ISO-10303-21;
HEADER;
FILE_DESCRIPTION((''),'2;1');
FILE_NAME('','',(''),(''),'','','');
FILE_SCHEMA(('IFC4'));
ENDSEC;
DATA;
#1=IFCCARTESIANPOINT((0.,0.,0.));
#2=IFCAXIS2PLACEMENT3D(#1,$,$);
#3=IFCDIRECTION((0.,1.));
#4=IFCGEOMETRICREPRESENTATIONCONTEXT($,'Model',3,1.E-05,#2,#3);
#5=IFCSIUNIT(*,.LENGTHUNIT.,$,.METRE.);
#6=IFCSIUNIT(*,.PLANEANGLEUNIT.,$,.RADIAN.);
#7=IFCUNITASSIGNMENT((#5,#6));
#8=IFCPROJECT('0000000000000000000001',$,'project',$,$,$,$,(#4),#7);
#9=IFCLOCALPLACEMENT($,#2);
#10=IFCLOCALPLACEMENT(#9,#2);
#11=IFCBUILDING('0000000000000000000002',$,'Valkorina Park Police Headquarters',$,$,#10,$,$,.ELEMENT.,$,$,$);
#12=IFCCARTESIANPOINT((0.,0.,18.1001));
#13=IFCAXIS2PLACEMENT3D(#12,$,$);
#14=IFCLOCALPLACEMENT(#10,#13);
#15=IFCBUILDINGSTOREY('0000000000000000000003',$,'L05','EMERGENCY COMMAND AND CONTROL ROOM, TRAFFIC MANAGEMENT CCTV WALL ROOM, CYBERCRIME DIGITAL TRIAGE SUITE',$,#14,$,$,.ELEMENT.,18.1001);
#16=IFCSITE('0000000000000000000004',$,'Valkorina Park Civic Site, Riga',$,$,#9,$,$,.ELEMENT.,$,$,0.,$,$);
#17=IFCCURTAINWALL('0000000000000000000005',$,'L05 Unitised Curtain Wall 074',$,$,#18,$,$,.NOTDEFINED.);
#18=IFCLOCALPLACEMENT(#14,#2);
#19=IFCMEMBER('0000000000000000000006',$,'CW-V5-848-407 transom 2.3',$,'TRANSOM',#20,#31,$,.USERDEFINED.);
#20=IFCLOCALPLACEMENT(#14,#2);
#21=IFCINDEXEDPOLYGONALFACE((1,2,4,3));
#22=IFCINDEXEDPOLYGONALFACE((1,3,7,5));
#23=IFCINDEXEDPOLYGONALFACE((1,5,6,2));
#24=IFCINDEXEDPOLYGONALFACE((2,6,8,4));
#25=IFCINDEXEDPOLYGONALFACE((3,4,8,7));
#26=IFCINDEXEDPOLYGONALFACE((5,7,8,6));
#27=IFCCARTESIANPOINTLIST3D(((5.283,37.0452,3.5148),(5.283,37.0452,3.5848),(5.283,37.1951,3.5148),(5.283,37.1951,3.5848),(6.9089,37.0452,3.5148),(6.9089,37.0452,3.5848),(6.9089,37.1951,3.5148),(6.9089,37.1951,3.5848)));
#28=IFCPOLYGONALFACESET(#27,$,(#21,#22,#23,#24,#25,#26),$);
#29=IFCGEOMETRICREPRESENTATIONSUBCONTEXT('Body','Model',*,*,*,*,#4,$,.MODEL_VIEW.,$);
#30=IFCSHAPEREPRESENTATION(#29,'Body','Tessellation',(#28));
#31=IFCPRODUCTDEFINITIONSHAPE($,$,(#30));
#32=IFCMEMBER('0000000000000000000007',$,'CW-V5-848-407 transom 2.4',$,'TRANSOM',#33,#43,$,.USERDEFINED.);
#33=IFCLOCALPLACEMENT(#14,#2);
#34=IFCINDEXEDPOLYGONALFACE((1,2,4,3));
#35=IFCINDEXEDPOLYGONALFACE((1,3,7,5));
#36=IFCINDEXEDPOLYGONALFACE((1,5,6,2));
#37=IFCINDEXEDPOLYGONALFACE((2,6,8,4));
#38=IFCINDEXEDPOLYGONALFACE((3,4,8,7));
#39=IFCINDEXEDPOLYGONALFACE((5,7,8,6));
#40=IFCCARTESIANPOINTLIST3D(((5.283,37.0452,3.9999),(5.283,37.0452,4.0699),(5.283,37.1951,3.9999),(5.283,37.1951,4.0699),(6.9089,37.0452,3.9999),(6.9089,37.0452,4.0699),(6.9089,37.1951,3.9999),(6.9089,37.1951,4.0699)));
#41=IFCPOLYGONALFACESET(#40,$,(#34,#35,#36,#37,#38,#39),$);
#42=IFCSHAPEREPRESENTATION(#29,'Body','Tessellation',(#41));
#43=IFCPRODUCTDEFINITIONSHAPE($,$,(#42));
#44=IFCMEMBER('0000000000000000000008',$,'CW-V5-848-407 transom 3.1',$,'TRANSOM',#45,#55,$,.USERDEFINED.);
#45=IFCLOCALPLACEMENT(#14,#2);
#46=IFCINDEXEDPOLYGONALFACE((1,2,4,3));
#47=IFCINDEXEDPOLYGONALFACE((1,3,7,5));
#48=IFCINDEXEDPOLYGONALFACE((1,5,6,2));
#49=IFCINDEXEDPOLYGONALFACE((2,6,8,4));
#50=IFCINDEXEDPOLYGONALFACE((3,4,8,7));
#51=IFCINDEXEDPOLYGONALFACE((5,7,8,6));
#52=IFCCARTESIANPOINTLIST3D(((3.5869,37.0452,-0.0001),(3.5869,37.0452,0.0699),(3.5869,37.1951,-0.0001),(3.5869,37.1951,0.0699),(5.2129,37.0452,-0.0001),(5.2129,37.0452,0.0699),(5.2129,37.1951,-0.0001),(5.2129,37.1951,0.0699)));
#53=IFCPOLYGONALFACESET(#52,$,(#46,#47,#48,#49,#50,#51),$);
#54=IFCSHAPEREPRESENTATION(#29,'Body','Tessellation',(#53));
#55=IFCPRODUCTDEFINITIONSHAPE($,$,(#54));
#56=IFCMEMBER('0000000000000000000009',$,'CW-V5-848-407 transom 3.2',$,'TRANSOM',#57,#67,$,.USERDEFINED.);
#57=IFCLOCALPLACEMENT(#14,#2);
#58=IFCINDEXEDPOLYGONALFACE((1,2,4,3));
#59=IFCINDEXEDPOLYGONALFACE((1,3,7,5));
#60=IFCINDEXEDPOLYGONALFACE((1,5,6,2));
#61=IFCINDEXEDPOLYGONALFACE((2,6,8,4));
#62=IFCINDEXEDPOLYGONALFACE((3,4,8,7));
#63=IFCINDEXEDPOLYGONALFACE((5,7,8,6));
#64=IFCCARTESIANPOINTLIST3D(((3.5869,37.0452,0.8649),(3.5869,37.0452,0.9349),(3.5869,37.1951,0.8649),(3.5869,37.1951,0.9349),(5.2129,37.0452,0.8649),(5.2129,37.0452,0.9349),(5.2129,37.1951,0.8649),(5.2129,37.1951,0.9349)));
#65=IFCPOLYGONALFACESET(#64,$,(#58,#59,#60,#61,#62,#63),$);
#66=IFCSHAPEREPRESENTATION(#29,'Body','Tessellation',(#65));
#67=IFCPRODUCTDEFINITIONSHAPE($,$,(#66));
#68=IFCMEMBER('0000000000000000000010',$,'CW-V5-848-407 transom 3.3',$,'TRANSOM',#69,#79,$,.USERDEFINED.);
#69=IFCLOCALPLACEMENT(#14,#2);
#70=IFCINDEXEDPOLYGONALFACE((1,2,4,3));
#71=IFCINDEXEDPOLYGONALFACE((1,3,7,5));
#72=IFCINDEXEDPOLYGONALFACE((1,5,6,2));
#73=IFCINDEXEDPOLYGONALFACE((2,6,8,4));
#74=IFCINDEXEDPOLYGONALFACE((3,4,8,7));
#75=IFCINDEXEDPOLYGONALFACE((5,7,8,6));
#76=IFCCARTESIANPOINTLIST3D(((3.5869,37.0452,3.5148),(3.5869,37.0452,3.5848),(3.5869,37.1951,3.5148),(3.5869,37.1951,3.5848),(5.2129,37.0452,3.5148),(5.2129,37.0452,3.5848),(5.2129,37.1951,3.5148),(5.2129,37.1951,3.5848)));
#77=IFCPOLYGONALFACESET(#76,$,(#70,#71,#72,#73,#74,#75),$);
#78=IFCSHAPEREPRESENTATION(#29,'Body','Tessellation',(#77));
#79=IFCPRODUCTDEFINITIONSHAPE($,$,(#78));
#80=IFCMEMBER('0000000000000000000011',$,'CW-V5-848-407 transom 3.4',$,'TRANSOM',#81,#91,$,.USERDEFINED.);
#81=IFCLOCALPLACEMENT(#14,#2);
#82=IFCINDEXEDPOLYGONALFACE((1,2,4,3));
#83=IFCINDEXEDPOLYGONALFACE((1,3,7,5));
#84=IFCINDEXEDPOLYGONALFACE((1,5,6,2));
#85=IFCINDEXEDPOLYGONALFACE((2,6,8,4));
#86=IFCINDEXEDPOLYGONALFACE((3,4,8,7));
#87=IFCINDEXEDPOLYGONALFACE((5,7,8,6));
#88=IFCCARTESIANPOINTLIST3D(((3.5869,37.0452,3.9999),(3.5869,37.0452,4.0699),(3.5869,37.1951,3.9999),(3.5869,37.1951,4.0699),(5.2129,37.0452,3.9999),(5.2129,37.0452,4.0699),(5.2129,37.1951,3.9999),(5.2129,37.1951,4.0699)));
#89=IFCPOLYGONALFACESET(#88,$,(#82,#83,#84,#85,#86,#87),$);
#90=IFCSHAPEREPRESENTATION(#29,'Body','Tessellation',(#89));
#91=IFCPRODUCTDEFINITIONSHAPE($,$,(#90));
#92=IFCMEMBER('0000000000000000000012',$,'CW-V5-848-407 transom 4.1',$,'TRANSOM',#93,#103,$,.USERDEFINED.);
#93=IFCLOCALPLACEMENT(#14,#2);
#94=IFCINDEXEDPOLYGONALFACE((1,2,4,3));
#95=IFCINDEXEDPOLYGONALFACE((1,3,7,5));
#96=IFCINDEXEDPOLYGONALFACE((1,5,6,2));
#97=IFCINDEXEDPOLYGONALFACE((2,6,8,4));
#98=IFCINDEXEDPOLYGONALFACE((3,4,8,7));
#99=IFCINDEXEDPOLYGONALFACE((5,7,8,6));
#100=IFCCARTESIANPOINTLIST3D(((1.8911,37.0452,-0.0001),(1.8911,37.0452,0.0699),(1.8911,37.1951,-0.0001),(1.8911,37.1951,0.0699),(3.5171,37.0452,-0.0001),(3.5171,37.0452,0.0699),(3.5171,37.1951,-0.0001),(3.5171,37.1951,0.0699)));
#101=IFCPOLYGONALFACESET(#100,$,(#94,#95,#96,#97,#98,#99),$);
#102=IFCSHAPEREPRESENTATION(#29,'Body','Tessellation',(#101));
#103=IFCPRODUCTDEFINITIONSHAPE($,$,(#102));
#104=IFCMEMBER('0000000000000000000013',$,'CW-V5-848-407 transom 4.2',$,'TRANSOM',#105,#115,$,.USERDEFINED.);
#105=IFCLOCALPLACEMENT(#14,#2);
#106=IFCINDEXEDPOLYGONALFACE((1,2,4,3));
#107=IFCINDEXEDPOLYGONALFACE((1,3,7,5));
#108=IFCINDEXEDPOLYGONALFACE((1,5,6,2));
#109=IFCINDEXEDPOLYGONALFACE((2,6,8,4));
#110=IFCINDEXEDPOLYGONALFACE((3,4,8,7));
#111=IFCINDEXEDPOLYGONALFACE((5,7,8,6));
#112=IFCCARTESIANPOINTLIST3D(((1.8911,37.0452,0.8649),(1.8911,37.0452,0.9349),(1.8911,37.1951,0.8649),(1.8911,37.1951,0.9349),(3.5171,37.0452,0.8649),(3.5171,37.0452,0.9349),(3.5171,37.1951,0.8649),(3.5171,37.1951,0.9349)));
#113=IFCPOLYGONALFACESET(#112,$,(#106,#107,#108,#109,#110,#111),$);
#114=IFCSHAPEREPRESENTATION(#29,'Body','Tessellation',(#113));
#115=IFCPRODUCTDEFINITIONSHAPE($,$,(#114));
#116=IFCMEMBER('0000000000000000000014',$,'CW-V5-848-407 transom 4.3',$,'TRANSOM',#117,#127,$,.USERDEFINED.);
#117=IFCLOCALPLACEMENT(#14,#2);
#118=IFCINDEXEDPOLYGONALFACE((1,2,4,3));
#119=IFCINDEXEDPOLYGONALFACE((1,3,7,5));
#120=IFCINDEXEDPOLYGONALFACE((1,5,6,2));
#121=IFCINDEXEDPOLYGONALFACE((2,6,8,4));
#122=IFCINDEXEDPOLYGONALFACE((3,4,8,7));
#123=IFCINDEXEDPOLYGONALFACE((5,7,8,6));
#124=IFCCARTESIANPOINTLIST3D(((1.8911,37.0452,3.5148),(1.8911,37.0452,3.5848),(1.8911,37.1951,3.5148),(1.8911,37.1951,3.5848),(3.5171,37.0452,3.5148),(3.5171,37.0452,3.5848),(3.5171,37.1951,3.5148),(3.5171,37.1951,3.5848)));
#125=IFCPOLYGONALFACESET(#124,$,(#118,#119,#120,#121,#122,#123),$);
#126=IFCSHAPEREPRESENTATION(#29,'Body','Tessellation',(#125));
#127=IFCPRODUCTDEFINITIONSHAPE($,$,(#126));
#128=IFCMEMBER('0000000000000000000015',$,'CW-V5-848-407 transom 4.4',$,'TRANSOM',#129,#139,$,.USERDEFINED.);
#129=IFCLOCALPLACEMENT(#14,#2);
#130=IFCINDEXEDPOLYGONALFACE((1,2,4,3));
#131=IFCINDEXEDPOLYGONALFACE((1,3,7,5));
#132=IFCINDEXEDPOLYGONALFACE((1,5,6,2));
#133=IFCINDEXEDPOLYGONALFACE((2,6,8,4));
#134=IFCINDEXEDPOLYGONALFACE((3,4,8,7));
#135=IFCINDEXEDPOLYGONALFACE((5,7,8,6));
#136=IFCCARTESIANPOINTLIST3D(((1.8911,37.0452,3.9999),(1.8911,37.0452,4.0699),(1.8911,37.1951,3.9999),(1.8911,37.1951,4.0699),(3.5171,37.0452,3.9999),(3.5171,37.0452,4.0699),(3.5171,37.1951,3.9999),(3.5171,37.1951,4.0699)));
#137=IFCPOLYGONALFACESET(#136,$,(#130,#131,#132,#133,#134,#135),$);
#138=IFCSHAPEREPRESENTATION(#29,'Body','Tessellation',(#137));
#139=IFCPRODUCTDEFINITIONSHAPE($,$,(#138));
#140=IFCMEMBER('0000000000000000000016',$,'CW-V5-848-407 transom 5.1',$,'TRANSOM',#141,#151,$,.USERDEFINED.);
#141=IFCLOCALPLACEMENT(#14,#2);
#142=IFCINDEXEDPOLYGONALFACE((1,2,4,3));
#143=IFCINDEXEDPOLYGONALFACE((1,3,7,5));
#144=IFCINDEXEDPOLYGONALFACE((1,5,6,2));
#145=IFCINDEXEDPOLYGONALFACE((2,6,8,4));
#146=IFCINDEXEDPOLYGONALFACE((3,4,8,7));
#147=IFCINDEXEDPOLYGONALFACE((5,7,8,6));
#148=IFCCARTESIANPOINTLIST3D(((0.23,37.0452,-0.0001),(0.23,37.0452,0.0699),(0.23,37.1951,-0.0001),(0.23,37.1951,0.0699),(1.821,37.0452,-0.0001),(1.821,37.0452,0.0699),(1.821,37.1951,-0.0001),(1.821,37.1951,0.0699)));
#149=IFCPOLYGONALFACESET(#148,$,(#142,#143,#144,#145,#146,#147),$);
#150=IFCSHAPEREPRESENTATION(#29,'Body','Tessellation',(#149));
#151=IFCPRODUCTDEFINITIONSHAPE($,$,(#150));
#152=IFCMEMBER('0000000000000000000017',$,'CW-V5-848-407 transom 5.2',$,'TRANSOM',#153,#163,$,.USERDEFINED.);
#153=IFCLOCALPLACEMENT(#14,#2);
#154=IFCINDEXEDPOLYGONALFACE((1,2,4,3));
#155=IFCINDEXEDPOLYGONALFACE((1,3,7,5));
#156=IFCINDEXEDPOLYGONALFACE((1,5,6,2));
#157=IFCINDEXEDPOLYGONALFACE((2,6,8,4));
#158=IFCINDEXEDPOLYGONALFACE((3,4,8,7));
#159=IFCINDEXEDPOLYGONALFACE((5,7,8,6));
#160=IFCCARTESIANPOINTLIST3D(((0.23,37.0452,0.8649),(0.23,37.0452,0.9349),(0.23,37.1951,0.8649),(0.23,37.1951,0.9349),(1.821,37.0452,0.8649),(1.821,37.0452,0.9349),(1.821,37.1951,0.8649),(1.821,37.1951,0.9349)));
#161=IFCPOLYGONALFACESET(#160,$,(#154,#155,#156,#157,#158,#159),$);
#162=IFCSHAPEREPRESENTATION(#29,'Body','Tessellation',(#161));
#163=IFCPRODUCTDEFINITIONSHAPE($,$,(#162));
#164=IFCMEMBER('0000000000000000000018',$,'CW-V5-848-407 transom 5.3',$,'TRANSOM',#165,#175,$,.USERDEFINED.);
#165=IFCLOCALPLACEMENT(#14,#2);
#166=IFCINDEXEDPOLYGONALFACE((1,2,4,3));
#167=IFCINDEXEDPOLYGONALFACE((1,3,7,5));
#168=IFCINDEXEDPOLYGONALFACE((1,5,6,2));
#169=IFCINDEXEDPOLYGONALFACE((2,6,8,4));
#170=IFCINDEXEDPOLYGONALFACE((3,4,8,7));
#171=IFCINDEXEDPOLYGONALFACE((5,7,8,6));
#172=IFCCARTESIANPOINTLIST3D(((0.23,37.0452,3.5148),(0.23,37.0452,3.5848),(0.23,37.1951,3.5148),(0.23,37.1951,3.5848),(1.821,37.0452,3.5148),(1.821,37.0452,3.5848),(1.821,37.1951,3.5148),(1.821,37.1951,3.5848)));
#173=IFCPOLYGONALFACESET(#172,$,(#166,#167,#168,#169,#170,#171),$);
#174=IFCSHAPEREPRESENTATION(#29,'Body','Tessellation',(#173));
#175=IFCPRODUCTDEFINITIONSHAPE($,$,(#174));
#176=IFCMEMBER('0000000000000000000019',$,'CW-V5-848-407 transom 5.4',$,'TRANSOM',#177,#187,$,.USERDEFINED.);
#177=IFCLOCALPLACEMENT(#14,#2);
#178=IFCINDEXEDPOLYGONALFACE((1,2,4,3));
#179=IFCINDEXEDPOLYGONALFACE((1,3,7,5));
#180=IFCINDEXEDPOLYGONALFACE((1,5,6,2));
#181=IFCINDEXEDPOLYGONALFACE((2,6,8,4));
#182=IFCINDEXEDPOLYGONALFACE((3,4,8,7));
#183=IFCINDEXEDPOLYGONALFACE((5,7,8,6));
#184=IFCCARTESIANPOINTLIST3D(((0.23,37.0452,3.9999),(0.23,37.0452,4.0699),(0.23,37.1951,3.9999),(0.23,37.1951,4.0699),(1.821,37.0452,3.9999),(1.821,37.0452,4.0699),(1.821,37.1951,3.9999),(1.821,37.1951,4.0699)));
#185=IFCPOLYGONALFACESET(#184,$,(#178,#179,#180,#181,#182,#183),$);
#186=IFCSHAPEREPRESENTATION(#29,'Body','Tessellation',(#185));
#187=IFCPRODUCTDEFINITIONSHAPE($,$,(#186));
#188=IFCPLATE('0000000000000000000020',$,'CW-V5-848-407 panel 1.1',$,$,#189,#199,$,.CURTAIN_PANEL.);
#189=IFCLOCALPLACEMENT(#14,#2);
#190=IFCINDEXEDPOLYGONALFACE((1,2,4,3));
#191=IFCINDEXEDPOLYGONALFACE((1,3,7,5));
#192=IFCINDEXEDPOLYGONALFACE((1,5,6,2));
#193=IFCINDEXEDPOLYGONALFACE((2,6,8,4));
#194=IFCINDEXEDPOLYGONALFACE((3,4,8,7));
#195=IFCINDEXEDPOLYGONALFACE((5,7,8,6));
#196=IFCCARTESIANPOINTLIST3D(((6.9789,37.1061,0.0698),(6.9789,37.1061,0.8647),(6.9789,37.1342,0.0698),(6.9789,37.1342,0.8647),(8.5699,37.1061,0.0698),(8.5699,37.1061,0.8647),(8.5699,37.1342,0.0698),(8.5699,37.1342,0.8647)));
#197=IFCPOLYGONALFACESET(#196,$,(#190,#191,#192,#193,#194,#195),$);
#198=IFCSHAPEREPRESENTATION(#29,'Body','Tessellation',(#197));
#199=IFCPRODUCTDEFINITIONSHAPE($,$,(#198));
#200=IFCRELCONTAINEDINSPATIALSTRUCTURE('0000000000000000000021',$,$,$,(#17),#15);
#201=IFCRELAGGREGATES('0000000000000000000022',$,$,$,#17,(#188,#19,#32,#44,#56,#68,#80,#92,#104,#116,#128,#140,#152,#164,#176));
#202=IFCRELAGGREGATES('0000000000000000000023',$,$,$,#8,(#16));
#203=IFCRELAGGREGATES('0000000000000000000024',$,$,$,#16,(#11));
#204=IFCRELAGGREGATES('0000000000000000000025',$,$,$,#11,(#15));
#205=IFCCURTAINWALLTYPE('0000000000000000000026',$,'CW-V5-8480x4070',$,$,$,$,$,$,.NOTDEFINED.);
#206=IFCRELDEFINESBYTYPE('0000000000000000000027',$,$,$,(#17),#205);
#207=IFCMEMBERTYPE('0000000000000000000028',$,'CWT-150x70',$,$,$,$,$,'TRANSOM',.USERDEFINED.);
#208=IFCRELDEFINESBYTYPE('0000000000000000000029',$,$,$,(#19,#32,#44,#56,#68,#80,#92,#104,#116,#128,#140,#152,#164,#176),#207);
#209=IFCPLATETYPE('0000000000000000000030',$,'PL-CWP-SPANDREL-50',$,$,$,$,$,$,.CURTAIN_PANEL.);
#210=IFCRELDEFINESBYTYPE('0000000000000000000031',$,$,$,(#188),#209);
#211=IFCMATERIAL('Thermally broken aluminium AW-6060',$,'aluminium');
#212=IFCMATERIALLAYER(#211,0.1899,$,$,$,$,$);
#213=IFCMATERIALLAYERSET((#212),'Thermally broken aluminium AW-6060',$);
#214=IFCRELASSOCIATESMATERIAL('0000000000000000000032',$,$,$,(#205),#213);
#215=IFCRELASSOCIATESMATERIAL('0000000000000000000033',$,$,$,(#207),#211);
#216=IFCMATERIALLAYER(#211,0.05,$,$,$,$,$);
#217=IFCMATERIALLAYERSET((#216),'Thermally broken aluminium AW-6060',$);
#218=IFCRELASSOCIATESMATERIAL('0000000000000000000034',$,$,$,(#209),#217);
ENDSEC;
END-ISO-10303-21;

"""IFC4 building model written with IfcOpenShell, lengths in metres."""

from ifc_helpers import new_model, si_unit, direction, frame, origin, origin_2d, place, context, subcontext, project, spatial, rectangle, extrude, material, layer, layer_set, material_profile, profile_set, type_object, element, aggregate, save


model = new_model("IFC4")

# Units and contexts
model_context = context("Model", 3, precision=1e-05, world=origin(), true_north=direction((0.0, 1.0)))
body_context = subcontext(model_context, "Body", "Model", "MODEL_VIEW")
ifc_project = project(units=[si_unit("LENGTHUNIT", "METRE"), si_unit("PLANEANGLEUNIT", "RADIAN")], contexts=[model_context])

# Site, building, storey
site_placement = place(None, origin())
site = spatial("IfcSite", under=ifc_project, at=site_placement, Name="Valkorina Park Civic Site, Riga", CompositionType="ELEMENT", RefElevation=0.0)
building_placement = place(site_placement, origin())
building = spatial("IfcBuilding", under=site, at=building_placement, Name="Valkorina Park Police Headquarters", CompositionType="ELEMENT")
storey_placement = place(building_placement, frame((0.0, 0.0, 18.1001)))
storey = spatial("IfcBuildingStorey", under=building, at=storey_placement, Name="L05", Description="EMERGENCY COMMAND AND CONTROL ROOM, TRAFFIC MANAGEMENT CCTV WALL ROOM, CYBERCRIME DIGITAL TRIAGE SUITE", CompositionType="ELEMENT", Elevation=18.1001)

# Curtain wall, members, plate
ifc_material_1 = material(Name="Thermally broken aluminium AW-6060", Category="aluminium")
ifc_layer_1 = layer(ifc_material_1, 0.1899)
ifc_layer_set_1 = layer_set([ifc_layer_1], Name="Thermally broken aluminium AW-6060")
curtain_wall_type = type_object("IfcCurtainWallType", Name="CW-V5-8480x4070", PredefinedType="NOTDEFINED", material=ifc_layer_set_1)
curtain_wall_placement = place(storey_placement, origin())
curtain_wall = element("IfcCurtainWall", 1, at=curtain_wall_placement, inside=storey, type_object=curtain_wall_type, Name="L05 Unitised Curtain Wall 074", PredefinedType="NOTDEFINED")
ifc_material_profile_1 = material_profile(ifc_material_1, rectangle(XDim=0.1499, YDim=0.0701, at=origin_2d()), Name="CWT-02 150x70")
ifc_profile_set_1 = profile_set([ifc_material_profile_1], Name="Thermally broken aluminium AW-6060")
member_type_1 = type_object("IfcMemberType", Name="CWT-150x70", ElementType="TRANSOM", PredefinedType="USERDEFINED", material=ifc_profile_set_1)
member_1_placement = place(storey_placement, frame((6.9089, 37.1201, 3.5498), z_axis=(-1.0, 0.0, 0.0), x_axis=(0.0, -1.0, 0.0)))
member_1 = element("IfcMember", 2, at=member_1_placement, type_object=member_type_1, Name="CW-V5-848-407 transom 2.3", ObjectType="TRANSOM", PredefinedType="USERDEFINED", context=body_context, shape_type="SweptSolid", body=[
    extrude(rectangle(XDim=0.1499, YDim=0.0701, at=origin_2d()), origin(), (0.0, 0.0, 1.0), 1.626),
])
member_2_placement = place(storey_placement, frame((6.9089, 37.1201, 4.0349), z_axis=(-1.0, 0.0, 0.0), x_axis=(0.0, -1.0, 0.0)))
member_2 = element("IfcMember", 3, at=member_2_placement, type_object=member_type_1, Name="CW-V5-848-407 transom 2.4", ObjectType="TRANSOM", PredefinedType="USERDEFINED", context=body_context, shape_type="SweptSolid", body=[
    extrude(rectangle(XDim=0.1499, YDim=0.0701, at=origin_2d()), origin(), (0.0, 0.0, 1.0), 1.626),
])
member_3_placement = place(storey_placement, frame((5.2129, 37.1201, 0.0349), z_axis=(-1.0, 0.0, 0.0), x_axis=(0.0, -1.0, 0.0)))
member_3 = element("IfcMember", 4, at=member_3_placement, type_object=member_type_1, Name="CW-V5-848-407 transom 3.1", ObjectType="TRANSOM", PredefinedType="USERDEFINED", context=body_context, shape_type="SweptSolid", body=[
    extrude(rectangle(XDim=0.1499, YDim=0.0701, at=origin_2d()), origin(), (0.0, 0.0, 1.0), 1.626),
])
member_4_placement = place(storey_placement, frame((5.2129, 37.1201, 0.8999), z_axis=(-1.0, 0.0, 0.0), x_axis=(0.0, -1.0, 0.0)))
member_4 = element("IfcMember", 5, at=member_4_placement, type_object=member_type_1, Name="CW-V5-848-407 transom 3.2", ObjectType="TRANSOM", PredefinedType="USERDEFINED", context=body_context, shape_type="SweptSolid", body=[
    extrude(rectangle(XDim=0.1499, YDim=0.0701, at=origin_2d()), origin(), (0.0, 0.0, 1.0), 1.626),
])
member_5_placement = place(storey_placement, frame((5.2129, 37.1201, 3.5498), z_axis=(-1.0, 0.0, 0.0), x_axis=(0.0, -1.0, 0.0)))
member_5 = element("IfcMember", 6, at=member_5_placement, type_object=member_type_1, Name="CW-V5-848-407 transom 3.3", ObjectType="TRANSOM", PredefinedType="USERDEFINED", context=body_context, shape_type="SweptSolid", body=[
    extrude(rectangle(XDim=0.1499, YDim=0.0701, at=origin_2d()), origin(), (0.0, 0.0, 1.0), 1.626),
])
member_6_placement = place(storey_placement, frame((5.2129, 37.1201, 4.0349), z_axis=(-1.0, 0.0, 0.0), x_axis=(0.0, -1.0, 0.0)))
member_6 = element("IfcMember", 7, at=member_6_placement, type_object=member_type_1, Name="CW-V5-848-407 transom 3.4", ObjectType="TRANSOM", PredefinedType="USERDEFINED", context=body_context, shape_type="SweptSolid", body=[
    extrude(rectangle(XDim=0.1499, YDim=0.0701, at=origin_2d()), origin(), (0.0, 0.0, 1.0), 1.626),
])
member_7_placement = place(storey_placement, frame((3.5171, 37.1201, 0.0349), z_axis=(-1.0, 0.0, 0.0), x_axis=(0.0, -1.0, 0.0)))
member_7 = element("IfcMember", 8, at=member_7_placement, type_object=member_type_1, Name="CW-V5-848-407 transom 4.1", ObjectType="TRANSOM", PredefinedType="USERDEFINED", context=body_context, shape_type="SweptSolid", body=[
    extrude(rectangle(XDim=0.1499, YDim=0.0701, at=origin_2d()), origin(), (0.0, 0.0, 1.0), 1.626),
])
member_8_placement = place(storey_placement, frame((3.5171, 37.1201, 0.8999), z_axis=(-1.0, 0.0, 0.0), x_axis=(0.0, -1.0, 0.0)))
member_8 = element("IfcMember", 9, at=member_8_placement, type_object=member_type_1, Name="CW-V5-848-407 transom 4.2", ObjectType="TRANSOM", PredefinedType="USERDEFINED", context=body_context, shape_type="SweptSolid", body=[
    extrude(rectangle(XDim=0.1499, YDim=0.0701, at=origin_2d()), origin(), (0.0, 0.0, 1.0), 1.626),
])
member_9_placement = place(storey_placement, frame((3.5171, 37.1201, 3.5498), z_axis=(-1.0, 0.0, 0.0), x_axis=(0.0, -1.0, 0.0)))
member_9 = element("IfcMember", 10, at=member_9_placement, type_object=member_type_1, Name="CW-V5-848-407 transom 4.3", ObjectType="TRANSOM", PredefinedType="USERDEFINED", context=body_context, shape_type="SweptSolid", body=[
    extrude(rectangle(XDim=0.1499, YDim=0.0701, at=origin_2d()), origin(), (0.0, 0.0, 1.0), 1.626),
])
member_10_placement = place(storey_placement, frame((3.5171, 37.1201, 4.0349), z_axis=(-1.0, 0.0, 0.0), x_axis=(0.0, -1.0, 0.0)))
member_10 = element("IfcMember", 11, at=member_10_placement, type_object=member_type_1, Name="CW-V5-848-407 transom 4.4", ObjectType="TRANSOM", PredefinedType="USERDEFINED", context=body_context, shape_type="SweptSolid", body=[
    extrude(rectangle(XDim=0.1499, YDim=0.0701, at=origin_2d()), origin(), (0.0, 0.0, 1.0), 1.626),
])
member_11_placement = place(storey_placement, frame((1.821, 37.1201, 0.0349), z_axis=(-1.0, 0.0, 0.0), x_axis=(0.0, -1.0, 0.0)))
member_11 = element("IfcMember", 12, at=member_11_placement, type_object=member_type_1, Name="CW-V5-848-407 transom 5.1", ObjectType="TRANSOM", PredefinedType="USERDEFINED", context=body_context, shape_type="SweptSolid", body=[
    extrude(rectangle(XDim=0.1499, YDim=0.0701, at=origin_2d()), origin(), (0.0, 0.0, 1.0), 1.5911),
])
member_12_placement = place(storey_placement, frame((1.821, 37.1201, 0.8999), z_axis=(-1.0, 0.0, 0.0), x_axis=(0.0, -1.0, 0.0)))
member_12 = element("IfcMember", 13, at=member_12_placement, type_object=member_type_1, Name="CW-V5-848-407 transom 5.2", ObjectType="TRANSOM", PredefinedType="USERDEFINED", context=body_context, shape_type="SweptSolid", body=[
    extrude(rectangle(XDim=0.1499, YDim=0.0701, at=origin_2d()), origin(), (0.0, 0.0, 1.0), 1.5911),
])
member_13_placement = place(storey_placement, frame((1.821, 37.1201, 3.5498), z_axis=(-1.0, 0.0, 0.0), x_axis=(0.0, -1.0, 0.0)))
member_13 = element("IfcMember", 14, at=member_13_placement, type_object=member_type_1, Name="CW-V5-848-407 transom 5.3", ObjectType="TRANSOM", PredefinedType="USERDEFINED", context=body_context, shape_type="SweptSolid", body=[
    extrude(rectangle(XDim=0.1499, YDim=0.0701, at=origin_2d()), origin(), (0.0, 0.0, 1.0), 1.5911),
])
member_14_placement = place(storey_placement, frame((1.821, 37.1201, 4.0349), z_axis=(-1.0, 0.0, 0.0), x_axis=(0.0, -1.0, 0.0)))
member_14 = element("IfcMember", 15, at=member_14_placement, type_object=member_type_1, Name="CW-V5-848-407 transom 5.4", ObjectType="TRANSOM", PredefinedType="USERDEFINED", context=body_context, shape_type="SweptSolid", body=[
    extrude(rectangle(XDim=0.1499, YDim=0.0701, at=origin_2d()), origin(), (0.0, 0.0, 1.0), 1.5911),
])
ifc_layer_2 = layer(ifc_material_1, 0.05)
ifc_layer_set_2 = layer_set([ifc_layer_2], Name="Thermally broken aluminium AW-6060")
plate_type_1 = type_object("IfcPlateType", Name="PL-CWP-SPANDREL-50", PredefinedType="CURTAIN_PANEL", material=ifc_layer_set_2)
plate_1_placement = place(storey_placement, frame((7.7744, 37.1201, 0.0698), z_axis=(0.0, 0.0, 1.0), x_axis=(-1.0, 0.0, 0.0)))
plate_1 = element("IfcPlate", 16, at=plate_1_placement, type_object=plate_type_1, Name="CW-V5-848-407 panel 1.1", PredefinedType="CURTAIN_PANEL", context=body_context, shape_type="SweptSolid", body=[
    extrude(rectangle(XDim=1.5911, YDim=0.0281, at=origin_2d()), origin(), (0.0, 0.0, 1.0), 0.7949),
])
aggregate(curtain_wall, [plate_1, member_1, member_2, member_3, member_4, member_5, member_6, member_7, member_8, member_9, member_10, member_11, member_12, member_13, member_14])

save(model, "model.ifc")
